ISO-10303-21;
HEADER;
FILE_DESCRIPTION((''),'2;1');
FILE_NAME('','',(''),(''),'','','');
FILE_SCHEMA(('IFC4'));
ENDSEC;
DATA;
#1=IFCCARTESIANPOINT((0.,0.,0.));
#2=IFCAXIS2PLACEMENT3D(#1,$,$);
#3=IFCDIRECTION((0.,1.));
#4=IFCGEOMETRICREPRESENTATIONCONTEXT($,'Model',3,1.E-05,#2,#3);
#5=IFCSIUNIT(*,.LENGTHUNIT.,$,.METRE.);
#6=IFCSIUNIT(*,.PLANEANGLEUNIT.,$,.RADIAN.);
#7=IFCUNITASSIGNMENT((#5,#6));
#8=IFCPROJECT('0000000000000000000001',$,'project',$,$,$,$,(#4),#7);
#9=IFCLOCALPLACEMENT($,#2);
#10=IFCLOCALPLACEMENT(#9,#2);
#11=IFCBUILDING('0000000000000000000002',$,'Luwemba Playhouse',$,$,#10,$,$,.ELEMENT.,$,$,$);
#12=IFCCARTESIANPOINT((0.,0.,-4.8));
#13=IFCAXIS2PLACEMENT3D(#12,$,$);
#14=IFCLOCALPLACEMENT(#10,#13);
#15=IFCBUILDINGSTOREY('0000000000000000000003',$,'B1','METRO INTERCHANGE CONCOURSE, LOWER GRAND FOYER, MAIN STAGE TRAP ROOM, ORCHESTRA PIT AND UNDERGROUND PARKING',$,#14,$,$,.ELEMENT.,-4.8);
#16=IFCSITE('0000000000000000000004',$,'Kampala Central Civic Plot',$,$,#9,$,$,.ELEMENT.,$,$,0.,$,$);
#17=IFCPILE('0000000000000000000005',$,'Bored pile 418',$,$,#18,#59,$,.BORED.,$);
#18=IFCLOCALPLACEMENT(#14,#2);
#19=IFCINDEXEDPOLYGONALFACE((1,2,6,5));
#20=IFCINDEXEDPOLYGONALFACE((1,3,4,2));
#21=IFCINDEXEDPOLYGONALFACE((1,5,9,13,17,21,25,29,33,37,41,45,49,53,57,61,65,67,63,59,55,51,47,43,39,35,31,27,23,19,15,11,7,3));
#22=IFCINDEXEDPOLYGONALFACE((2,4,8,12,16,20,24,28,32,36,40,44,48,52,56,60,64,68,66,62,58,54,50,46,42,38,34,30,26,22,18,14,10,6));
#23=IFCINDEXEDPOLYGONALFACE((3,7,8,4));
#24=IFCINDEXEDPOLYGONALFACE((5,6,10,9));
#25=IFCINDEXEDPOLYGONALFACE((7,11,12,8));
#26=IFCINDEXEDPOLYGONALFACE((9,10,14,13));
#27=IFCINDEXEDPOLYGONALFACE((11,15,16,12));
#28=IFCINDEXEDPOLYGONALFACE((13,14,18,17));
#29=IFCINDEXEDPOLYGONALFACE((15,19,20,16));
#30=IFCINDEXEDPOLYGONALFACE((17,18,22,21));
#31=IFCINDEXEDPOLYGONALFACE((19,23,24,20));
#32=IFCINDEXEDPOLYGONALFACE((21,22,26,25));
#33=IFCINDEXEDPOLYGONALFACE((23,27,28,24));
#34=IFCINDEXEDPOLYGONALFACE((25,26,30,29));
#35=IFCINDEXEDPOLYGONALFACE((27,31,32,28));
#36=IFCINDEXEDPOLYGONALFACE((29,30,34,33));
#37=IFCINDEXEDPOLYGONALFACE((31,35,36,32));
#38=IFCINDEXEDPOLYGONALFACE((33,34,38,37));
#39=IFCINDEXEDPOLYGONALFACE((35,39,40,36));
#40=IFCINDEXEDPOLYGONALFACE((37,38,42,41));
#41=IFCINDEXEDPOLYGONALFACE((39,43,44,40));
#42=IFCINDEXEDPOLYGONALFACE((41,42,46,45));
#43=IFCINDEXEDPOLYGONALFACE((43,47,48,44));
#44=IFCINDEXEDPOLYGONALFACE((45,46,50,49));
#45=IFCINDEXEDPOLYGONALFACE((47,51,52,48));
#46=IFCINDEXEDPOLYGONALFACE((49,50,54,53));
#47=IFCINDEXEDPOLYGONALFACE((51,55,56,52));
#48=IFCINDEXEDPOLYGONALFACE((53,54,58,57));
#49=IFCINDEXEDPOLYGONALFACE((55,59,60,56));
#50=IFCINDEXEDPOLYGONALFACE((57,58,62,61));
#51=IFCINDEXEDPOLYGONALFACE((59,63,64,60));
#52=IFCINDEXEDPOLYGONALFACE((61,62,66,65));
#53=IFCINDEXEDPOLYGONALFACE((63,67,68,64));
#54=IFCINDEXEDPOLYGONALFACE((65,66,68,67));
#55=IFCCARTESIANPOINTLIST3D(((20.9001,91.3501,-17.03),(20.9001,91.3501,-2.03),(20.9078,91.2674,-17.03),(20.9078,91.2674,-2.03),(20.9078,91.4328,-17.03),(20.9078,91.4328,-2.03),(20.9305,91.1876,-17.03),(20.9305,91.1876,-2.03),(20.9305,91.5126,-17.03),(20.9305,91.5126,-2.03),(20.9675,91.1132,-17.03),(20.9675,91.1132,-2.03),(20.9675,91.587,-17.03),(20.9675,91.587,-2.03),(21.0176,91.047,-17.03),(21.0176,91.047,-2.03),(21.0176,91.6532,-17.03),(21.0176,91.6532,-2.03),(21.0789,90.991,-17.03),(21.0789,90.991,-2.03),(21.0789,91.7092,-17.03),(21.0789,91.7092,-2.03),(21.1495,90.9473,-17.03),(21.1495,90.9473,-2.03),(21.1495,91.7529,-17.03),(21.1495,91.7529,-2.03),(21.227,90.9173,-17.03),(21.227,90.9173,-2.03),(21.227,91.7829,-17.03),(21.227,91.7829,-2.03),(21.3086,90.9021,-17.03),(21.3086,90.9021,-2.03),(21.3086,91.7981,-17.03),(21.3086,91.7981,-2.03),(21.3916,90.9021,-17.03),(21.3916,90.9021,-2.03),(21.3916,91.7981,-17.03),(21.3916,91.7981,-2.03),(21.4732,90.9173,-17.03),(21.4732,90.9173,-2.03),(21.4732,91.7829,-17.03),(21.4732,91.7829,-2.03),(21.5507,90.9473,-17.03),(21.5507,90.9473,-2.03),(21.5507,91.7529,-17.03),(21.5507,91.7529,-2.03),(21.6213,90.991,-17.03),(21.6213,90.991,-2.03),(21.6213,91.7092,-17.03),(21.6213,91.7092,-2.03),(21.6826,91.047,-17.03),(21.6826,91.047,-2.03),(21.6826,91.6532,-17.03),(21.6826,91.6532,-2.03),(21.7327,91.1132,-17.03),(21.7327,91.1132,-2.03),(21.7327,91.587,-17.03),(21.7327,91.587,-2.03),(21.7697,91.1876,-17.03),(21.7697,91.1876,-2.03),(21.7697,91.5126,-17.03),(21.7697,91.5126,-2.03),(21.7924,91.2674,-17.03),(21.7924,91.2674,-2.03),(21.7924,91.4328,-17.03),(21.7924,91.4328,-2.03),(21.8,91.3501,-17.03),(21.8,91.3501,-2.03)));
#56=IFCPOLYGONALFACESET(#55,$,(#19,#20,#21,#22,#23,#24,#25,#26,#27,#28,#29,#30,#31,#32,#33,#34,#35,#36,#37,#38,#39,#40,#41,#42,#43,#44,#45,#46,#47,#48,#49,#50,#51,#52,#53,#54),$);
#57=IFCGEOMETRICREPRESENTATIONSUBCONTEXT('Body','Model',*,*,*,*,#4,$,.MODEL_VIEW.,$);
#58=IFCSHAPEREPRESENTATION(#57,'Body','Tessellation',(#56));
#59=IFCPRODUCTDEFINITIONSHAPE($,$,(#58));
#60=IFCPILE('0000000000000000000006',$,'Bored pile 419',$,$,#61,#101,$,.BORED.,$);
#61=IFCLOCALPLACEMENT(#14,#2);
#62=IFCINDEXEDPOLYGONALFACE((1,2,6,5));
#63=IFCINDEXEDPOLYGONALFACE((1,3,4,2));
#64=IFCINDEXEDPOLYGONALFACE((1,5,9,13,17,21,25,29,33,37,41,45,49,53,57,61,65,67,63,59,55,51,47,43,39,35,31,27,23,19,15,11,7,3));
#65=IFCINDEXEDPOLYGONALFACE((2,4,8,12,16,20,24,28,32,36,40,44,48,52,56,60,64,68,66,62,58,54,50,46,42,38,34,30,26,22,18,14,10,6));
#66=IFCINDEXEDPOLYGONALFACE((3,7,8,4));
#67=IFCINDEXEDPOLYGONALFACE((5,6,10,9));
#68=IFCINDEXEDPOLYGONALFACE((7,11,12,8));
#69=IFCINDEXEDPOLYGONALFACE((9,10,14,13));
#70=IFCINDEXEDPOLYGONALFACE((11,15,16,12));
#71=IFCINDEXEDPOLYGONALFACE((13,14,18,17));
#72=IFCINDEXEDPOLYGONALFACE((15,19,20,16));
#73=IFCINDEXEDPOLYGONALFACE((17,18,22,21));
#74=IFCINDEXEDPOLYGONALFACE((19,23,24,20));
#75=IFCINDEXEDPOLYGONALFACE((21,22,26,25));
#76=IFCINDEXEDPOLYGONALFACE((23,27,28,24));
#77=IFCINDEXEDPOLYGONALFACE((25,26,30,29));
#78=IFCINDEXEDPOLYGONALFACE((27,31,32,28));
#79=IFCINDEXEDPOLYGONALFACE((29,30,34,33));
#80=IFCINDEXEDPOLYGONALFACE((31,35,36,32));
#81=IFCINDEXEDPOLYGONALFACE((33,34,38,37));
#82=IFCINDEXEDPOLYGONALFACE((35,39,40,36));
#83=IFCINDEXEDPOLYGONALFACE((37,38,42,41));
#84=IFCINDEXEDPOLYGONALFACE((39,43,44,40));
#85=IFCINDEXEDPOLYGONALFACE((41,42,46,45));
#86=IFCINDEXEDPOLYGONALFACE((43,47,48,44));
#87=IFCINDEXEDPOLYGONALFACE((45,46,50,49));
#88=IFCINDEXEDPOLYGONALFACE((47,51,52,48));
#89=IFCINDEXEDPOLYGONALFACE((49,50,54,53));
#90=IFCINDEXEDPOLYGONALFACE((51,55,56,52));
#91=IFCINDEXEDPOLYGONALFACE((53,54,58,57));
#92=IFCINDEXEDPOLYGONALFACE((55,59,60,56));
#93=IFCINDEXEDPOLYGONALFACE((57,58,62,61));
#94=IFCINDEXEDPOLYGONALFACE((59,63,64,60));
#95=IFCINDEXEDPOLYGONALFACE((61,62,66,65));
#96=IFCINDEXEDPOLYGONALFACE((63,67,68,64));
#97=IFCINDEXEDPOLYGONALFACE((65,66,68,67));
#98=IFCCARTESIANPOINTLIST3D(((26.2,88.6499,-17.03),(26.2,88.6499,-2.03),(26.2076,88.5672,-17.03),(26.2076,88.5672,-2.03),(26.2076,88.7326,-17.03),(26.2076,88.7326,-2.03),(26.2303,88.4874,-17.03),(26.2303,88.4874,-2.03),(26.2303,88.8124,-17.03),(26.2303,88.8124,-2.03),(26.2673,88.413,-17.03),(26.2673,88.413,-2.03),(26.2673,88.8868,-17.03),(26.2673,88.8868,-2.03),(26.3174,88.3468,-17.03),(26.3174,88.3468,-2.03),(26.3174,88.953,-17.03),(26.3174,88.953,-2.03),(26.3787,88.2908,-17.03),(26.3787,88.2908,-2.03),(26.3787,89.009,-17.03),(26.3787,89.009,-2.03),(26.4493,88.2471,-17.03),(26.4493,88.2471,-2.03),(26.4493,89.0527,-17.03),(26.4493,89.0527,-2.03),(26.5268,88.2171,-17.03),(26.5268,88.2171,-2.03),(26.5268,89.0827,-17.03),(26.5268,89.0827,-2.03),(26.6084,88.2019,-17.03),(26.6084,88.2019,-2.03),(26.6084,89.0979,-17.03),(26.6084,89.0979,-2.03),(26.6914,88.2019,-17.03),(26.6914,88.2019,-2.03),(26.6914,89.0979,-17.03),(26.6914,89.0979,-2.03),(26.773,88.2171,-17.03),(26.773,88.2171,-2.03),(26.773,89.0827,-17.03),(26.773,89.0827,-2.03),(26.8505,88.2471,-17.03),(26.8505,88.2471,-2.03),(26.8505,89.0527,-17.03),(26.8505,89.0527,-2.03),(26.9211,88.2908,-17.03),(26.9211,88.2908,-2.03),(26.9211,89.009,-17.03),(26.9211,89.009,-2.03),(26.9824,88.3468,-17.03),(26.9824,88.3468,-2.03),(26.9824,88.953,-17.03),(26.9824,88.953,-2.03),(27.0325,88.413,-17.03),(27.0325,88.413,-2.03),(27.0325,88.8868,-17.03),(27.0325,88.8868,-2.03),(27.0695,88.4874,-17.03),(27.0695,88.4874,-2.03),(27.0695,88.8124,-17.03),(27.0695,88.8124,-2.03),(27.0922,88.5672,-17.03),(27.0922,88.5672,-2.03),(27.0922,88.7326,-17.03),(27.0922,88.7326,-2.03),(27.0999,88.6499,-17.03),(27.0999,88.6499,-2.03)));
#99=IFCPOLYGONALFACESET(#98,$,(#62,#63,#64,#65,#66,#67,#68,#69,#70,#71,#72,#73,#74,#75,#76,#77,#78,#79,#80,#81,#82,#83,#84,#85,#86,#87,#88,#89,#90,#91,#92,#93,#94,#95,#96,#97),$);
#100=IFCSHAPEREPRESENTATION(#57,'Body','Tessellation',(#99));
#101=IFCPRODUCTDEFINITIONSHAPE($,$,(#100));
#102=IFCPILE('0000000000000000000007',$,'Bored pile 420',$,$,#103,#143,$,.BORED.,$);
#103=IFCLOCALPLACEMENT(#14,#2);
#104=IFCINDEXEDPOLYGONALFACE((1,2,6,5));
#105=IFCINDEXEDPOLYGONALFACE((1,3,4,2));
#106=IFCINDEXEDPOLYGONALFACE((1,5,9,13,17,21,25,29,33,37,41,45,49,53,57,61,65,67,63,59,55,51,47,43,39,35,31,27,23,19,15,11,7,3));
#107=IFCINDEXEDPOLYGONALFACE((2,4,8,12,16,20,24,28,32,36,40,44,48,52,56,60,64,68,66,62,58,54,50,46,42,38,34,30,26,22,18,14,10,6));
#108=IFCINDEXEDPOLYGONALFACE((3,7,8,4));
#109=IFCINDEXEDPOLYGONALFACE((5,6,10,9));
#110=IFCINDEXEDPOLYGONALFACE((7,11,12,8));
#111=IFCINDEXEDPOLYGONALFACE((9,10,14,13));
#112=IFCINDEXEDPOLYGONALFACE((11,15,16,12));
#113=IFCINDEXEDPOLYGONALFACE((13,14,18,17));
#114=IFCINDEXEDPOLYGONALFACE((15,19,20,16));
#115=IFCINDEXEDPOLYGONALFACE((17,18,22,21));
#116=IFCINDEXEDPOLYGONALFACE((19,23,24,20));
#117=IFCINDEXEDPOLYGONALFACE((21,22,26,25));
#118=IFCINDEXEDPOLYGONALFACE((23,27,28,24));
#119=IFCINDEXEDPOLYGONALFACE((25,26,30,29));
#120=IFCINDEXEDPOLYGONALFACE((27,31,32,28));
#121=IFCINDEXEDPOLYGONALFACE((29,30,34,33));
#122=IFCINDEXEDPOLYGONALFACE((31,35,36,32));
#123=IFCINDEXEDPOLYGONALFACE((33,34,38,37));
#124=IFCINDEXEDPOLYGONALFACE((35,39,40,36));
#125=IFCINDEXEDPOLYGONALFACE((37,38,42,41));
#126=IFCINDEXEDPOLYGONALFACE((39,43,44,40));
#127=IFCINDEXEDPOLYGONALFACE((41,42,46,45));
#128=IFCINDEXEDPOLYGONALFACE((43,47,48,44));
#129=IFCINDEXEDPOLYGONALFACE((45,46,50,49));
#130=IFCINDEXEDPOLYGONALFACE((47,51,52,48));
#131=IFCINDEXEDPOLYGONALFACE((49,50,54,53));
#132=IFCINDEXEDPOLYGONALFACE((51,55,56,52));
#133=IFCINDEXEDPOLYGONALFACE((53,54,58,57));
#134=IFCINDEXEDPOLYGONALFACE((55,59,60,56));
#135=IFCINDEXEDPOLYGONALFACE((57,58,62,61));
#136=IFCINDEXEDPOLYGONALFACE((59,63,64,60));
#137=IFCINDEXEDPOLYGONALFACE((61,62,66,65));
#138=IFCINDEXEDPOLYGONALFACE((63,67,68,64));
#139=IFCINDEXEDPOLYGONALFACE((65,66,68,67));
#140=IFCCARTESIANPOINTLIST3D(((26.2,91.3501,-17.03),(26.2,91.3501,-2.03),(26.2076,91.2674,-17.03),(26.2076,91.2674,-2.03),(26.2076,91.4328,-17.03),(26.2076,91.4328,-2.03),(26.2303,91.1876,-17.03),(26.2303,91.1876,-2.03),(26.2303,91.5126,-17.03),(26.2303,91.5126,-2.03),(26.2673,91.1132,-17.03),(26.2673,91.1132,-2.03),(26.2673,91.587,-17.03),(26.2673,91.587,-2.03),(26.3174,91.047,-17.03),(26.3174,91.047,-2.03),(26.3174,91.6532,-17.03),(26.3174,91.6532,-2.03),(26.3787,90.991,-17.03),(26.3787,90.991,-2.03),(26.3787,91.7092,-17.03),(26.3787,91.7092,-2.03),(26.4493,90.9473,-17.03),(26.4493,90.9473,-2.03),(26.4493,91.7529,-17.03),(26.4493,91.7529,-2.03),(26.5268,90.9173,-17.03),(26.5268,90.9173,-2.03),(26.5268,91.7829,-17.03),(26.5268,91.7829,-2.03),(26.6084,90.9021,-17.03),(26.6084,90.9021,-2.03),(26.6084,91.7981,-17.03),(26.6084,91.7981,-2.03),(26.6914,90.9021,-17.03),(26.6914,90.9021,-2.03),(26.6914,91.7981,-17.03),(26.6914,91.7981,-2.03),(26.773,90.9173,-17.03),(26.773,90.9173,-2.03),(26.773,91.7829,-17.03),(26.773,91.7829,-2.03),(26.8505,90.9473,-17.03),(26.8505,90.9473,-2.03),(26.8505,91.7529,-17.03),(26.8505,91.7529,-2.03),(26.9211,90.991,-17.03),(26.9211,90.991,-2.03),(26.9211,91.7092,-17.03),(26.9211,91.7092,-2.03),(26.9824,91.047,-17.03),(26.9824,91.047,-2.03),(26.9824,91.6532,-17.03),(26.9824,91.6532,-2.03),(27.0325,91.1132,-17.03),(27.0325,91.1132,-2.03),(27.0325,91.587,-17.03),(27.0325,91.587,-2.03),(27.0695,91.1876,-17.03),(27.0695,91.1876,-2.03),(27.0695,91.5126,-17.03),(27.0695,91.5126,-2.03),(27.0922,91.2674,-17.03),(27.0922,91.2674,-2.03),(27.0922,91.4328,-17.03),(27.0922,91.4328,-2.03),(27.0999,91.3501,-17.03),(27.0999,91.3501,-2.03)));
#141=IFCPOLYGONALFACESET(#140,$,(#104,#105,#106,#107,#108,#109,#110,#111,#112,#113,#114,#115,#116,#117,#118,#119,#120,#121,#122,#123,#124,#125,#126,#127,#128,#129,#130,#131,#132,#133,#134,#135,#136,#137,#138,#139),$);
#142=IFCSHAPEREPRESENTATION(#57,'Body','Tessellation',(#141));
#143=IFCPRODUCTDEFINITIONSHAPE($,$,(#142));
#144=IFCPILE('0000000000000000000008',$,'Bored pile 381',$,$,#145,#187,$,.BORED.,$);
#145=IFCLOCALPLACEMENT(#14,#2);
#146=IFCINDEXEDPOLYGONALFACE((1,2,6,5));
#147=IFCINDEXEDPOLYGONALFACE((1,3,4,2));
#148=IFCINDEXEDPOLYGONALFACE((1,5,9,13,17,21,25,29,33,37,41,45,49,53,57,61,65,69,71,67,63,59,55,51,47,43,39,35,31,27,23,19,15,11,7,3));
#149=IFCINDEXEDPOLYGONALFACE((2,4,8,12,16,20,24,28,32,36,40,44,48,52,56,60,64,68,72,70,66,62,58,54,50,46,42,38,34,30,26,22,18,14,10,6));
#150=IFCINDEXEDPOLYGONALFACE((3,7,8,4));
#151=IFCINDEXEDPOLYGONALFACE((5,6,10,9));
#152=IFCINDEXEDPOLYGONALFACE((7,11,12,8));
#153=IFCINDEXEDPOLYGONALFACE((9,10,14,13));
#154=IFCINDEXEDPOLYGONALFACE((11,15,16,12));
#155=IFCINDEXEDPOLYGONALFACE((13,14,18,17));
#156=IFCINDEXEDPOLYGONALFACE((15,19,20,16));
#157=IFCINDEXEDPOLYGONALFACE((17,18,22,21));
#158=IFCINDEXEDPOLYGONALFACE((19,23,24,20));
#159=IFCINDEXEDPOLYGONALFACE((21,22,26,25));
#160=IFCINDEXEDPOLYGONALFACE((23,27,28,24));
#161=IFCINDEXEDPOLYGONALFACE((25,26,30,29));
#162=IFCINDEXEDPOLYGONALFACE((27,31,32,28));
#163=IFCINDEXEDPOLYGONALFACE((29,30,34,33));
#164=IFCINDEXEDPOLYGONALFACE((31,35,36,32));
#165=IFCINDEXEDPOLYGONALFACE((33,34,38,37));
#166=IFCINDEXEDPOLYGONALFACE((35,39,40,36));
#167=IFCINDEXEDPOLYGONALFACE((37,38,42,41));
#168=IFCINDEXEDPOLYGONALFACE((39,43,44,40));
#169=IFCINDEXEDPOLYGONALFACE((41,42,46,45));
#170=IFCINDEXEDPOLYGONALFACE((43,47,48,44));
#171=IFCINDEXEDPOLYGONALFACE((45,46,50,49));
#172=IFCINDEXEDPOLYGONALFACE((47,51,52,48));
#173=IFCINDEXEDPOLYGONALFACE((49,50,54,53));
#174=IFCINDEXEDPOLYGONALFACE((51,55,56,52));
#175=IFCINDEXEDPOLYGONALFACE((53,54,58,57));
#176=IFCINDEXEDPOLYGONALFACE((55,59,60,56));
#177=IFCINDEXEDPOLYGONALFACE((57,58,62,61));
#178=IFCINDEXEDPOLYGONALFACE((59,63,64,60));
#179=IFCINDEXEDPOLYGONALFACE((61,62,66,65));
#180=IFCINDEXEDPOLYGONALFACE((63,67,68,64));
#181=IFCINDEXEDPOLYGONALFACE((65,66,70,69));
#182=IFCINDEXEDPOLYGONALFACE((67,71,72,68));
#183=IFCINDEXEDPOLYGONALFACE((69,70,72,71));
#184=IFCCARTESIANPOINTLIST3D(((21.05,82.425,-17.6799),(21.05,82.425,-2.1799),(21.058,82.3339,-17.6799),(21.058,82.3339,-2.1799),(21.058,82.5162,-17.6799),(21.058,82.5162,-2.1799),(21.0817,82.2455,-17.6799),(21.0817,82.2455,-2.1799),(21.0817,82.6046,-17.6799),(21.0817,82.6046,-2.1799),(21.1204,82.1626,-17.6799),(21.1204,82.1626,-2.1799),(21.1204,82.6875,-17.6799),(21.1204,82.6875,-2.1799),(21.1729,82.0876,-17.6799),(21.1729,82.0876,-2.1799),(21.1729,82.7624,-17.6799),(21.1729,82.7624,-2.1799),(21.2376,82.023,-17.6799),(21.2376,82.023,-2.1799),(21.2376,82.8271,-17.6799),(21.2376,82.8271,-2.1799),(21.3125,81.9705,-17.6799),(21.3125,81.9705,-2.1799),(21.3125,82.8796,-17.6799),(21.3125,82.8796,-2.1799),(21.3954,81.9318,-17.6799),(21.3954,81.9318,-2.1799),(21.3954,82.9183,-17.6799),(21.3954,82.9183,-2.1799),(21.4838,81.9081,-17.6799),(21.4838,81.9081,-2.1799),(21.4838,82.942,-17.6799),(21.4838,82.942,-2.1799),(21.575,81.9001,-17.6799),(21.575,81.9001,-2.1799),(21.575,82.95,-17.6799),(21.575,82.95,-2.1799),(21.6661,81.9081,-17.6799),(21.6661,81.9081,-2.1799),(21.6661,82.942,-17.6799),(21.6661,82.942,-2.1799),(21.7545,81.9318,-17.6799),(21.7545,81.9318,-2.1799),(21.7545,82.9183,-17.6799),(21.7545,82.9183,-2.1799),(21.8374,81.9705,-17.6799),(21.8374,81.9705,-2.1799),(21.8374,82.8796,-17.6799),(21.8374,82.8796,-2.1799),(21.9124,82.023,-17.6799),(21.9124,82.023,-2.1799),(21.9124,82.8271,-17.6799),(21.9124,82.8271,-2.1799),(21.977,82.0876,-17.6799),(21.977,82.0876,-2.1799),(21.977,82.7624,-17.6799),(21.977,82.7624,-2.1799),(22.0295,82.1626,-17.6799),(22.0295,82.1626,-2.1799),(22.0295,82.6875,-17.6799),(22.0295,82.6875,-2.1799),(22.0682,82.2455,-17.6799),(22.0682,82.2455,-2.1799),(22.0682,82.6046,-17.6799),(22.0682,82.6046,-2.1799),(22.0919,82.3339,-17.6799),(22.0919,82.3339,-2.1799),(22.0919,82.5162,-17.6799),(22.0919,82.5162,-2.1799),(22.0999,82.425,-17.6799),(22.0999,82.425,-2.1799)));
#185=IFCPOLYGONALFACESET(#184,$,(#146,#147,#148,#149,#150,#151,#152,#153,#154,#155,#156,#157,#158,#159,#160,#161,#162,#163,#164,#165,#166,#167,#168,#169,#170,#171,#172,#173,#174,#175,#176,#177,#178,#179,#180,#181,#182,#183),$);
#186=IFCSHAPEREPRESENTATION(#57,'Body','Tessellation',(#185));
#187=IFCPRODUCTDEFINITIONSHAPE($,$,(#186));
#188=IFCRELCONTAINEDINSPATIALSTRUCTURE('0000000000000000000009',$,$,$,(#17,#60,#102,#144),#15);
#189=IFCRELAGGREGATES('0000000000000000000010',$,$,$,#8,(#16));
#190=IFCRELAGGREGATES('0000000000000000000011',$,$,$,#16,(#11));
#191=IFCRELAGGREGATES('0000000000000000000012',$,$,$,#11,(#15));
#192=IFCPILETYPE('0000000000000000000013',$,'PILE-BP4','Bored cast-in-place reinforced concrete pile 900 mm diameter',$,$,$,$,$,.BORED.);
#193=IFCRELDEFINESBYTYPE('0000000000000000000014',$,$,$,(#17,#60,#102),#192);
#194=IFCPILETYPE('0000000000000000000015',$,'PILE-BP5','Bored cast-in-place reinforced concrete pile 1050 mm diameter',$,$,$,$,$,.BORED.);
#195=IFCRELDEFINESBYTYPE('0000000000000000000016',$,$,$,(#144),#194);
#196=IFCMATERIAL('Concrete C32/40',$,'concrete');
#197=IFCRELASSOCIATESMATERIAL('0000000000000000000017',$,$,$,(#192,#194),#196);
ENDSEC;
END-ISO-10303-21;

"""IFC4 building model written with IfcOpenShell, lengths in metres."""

from ifc_helpers import new_model, si_unit, direction, frame, origin, origin_2d, place, context, subcontext, project, spatial, circle, extrude, material, material_profile, profile_set, type_object, element, save


model = new_model("IFC4")

# Units and contexts
model_context = context("Model", 3, precision=1e-05, world=origin(), true_north=direction((0.0, 1.0)))
body_context = subcontext(model_context, "Body", "Model", "MODEL_VIEW")
ifc_project = project(units=[si_unit("LENGTHUNIT", "METRE"), si_unit("PLANEANGLEUNIT", "RADIAN")], contexts=[model_context])

# Site, building, storey
site_placement = place(None, origin())
site = spatial("IfcSite", under=ifc_project, at=site_placement, Name="Kampala Central Civic Plot", CompositionType="ELEMENT", RefElevation=0.0)
building_placement = place(site_placement, origin())
building = spatial("IfcBuilding", under=site, at=building_placement, Name="Luwemba Playhouse", CompositionType="ELEMENT")
storey_placement = place(building_placement, frame((0.0, 0.0, -4.8)))
storey = spatial("IfcBuildingStorey", under=building, at=storey_placement, Name="B1", Description="METRO INTERCHANGE CONCOURSE, LOWER GRAND FOYER, MAIN STAGE TRAP ROOM, ORCHESTRA PIT AND UNDERGROUND PARKING", CompositionType="ELEMENT", Elevation=-4.8)

# Shared definitions
ifc_material_1 = material(Name="Concrete C32/40", Category="concrete")

# Piles
ifc_material_profile_1 = material_profile(ifc_material_1, circle(Radius=0.45, at=origin_2d()))
ifc_profile_set_1 = profile_set([ifc_material_profile_1], Name="Concrete C32/40")
pile_type_1 = type_object("IfcPileType", Name="PILE-BP4", Description="Bored cast-in-place reinforced concrete pile 900 mm diameter", PredefinedType="BORED", material=ifc_profile_set_1)
for number, where, z_axis, x_axis, name in (
    (1, (21.3501, 91.3501, -2.03), (0.0, 0.0, -1.0), (1.0, 0.0, 0.0), "Bored pile 418"),
    (2, (26.6499, 88.6499, -2.03), (0.0, 0.0, -1.0), (1.0, 0.0, 0.0), "Bored pile 419"),
    (3, (26.6499, 91.3501, -2.03), (0.0, 0.0, -1.0), (1.0, 0.0, 0.0), "Bored pile 420"),
):
    element("IfcPile", number, at=place(storey_placement, frame(where, z_axis=z_axis, x_axis=x_axis)), inside=storey, type_object=pile_type_1, Name=name, PredefinedType="BORED", context=body_context, shape_type="SweptSolid", body=[
        extrude(circle(Radius=0.45, at=origin_2d()), origin(), (0.0, 0.0, 1.0), 15.0),
    ])
ifc_material_profile_2 = material_profile(ifc_material_1, circle(Radius=0.5249, at=origin_2d()))
ifc_profile_set_2 = profile_set([ifc_material_profile_2], Name="Concrete C32/40")
pile_type_2 = type_object("IfcPileType", Name="PILE-BP5", Description="Bored cast-in-place reinforced concrete pile 1050 mm diameter", PredefinedType="BORED", material=ifc_profile_set_2)
for number, where, z_axis, x_axis, name in (
    (4, (21.575, 82.425, -2.1799), (0.0, 0.0, -1.0), (1.0, 0.0, 0.0), "Bored pile 381"),
):
    element("IfcPile", number, at=place(storey_placement, frame(where, z_axis=z_axis, x_axis=x_axis)), inside=storey, type_object=pile_type_2, Name=name, PredefinedType="BORED", context=body_context, shape_type="SweptSolid", body=[
        extrude(circle(Radius=0.5249, at=origin_2d()), origin(), (0.0, 0.0, 1.0), 15.5),
    ])

save(model, "model.ifc")
